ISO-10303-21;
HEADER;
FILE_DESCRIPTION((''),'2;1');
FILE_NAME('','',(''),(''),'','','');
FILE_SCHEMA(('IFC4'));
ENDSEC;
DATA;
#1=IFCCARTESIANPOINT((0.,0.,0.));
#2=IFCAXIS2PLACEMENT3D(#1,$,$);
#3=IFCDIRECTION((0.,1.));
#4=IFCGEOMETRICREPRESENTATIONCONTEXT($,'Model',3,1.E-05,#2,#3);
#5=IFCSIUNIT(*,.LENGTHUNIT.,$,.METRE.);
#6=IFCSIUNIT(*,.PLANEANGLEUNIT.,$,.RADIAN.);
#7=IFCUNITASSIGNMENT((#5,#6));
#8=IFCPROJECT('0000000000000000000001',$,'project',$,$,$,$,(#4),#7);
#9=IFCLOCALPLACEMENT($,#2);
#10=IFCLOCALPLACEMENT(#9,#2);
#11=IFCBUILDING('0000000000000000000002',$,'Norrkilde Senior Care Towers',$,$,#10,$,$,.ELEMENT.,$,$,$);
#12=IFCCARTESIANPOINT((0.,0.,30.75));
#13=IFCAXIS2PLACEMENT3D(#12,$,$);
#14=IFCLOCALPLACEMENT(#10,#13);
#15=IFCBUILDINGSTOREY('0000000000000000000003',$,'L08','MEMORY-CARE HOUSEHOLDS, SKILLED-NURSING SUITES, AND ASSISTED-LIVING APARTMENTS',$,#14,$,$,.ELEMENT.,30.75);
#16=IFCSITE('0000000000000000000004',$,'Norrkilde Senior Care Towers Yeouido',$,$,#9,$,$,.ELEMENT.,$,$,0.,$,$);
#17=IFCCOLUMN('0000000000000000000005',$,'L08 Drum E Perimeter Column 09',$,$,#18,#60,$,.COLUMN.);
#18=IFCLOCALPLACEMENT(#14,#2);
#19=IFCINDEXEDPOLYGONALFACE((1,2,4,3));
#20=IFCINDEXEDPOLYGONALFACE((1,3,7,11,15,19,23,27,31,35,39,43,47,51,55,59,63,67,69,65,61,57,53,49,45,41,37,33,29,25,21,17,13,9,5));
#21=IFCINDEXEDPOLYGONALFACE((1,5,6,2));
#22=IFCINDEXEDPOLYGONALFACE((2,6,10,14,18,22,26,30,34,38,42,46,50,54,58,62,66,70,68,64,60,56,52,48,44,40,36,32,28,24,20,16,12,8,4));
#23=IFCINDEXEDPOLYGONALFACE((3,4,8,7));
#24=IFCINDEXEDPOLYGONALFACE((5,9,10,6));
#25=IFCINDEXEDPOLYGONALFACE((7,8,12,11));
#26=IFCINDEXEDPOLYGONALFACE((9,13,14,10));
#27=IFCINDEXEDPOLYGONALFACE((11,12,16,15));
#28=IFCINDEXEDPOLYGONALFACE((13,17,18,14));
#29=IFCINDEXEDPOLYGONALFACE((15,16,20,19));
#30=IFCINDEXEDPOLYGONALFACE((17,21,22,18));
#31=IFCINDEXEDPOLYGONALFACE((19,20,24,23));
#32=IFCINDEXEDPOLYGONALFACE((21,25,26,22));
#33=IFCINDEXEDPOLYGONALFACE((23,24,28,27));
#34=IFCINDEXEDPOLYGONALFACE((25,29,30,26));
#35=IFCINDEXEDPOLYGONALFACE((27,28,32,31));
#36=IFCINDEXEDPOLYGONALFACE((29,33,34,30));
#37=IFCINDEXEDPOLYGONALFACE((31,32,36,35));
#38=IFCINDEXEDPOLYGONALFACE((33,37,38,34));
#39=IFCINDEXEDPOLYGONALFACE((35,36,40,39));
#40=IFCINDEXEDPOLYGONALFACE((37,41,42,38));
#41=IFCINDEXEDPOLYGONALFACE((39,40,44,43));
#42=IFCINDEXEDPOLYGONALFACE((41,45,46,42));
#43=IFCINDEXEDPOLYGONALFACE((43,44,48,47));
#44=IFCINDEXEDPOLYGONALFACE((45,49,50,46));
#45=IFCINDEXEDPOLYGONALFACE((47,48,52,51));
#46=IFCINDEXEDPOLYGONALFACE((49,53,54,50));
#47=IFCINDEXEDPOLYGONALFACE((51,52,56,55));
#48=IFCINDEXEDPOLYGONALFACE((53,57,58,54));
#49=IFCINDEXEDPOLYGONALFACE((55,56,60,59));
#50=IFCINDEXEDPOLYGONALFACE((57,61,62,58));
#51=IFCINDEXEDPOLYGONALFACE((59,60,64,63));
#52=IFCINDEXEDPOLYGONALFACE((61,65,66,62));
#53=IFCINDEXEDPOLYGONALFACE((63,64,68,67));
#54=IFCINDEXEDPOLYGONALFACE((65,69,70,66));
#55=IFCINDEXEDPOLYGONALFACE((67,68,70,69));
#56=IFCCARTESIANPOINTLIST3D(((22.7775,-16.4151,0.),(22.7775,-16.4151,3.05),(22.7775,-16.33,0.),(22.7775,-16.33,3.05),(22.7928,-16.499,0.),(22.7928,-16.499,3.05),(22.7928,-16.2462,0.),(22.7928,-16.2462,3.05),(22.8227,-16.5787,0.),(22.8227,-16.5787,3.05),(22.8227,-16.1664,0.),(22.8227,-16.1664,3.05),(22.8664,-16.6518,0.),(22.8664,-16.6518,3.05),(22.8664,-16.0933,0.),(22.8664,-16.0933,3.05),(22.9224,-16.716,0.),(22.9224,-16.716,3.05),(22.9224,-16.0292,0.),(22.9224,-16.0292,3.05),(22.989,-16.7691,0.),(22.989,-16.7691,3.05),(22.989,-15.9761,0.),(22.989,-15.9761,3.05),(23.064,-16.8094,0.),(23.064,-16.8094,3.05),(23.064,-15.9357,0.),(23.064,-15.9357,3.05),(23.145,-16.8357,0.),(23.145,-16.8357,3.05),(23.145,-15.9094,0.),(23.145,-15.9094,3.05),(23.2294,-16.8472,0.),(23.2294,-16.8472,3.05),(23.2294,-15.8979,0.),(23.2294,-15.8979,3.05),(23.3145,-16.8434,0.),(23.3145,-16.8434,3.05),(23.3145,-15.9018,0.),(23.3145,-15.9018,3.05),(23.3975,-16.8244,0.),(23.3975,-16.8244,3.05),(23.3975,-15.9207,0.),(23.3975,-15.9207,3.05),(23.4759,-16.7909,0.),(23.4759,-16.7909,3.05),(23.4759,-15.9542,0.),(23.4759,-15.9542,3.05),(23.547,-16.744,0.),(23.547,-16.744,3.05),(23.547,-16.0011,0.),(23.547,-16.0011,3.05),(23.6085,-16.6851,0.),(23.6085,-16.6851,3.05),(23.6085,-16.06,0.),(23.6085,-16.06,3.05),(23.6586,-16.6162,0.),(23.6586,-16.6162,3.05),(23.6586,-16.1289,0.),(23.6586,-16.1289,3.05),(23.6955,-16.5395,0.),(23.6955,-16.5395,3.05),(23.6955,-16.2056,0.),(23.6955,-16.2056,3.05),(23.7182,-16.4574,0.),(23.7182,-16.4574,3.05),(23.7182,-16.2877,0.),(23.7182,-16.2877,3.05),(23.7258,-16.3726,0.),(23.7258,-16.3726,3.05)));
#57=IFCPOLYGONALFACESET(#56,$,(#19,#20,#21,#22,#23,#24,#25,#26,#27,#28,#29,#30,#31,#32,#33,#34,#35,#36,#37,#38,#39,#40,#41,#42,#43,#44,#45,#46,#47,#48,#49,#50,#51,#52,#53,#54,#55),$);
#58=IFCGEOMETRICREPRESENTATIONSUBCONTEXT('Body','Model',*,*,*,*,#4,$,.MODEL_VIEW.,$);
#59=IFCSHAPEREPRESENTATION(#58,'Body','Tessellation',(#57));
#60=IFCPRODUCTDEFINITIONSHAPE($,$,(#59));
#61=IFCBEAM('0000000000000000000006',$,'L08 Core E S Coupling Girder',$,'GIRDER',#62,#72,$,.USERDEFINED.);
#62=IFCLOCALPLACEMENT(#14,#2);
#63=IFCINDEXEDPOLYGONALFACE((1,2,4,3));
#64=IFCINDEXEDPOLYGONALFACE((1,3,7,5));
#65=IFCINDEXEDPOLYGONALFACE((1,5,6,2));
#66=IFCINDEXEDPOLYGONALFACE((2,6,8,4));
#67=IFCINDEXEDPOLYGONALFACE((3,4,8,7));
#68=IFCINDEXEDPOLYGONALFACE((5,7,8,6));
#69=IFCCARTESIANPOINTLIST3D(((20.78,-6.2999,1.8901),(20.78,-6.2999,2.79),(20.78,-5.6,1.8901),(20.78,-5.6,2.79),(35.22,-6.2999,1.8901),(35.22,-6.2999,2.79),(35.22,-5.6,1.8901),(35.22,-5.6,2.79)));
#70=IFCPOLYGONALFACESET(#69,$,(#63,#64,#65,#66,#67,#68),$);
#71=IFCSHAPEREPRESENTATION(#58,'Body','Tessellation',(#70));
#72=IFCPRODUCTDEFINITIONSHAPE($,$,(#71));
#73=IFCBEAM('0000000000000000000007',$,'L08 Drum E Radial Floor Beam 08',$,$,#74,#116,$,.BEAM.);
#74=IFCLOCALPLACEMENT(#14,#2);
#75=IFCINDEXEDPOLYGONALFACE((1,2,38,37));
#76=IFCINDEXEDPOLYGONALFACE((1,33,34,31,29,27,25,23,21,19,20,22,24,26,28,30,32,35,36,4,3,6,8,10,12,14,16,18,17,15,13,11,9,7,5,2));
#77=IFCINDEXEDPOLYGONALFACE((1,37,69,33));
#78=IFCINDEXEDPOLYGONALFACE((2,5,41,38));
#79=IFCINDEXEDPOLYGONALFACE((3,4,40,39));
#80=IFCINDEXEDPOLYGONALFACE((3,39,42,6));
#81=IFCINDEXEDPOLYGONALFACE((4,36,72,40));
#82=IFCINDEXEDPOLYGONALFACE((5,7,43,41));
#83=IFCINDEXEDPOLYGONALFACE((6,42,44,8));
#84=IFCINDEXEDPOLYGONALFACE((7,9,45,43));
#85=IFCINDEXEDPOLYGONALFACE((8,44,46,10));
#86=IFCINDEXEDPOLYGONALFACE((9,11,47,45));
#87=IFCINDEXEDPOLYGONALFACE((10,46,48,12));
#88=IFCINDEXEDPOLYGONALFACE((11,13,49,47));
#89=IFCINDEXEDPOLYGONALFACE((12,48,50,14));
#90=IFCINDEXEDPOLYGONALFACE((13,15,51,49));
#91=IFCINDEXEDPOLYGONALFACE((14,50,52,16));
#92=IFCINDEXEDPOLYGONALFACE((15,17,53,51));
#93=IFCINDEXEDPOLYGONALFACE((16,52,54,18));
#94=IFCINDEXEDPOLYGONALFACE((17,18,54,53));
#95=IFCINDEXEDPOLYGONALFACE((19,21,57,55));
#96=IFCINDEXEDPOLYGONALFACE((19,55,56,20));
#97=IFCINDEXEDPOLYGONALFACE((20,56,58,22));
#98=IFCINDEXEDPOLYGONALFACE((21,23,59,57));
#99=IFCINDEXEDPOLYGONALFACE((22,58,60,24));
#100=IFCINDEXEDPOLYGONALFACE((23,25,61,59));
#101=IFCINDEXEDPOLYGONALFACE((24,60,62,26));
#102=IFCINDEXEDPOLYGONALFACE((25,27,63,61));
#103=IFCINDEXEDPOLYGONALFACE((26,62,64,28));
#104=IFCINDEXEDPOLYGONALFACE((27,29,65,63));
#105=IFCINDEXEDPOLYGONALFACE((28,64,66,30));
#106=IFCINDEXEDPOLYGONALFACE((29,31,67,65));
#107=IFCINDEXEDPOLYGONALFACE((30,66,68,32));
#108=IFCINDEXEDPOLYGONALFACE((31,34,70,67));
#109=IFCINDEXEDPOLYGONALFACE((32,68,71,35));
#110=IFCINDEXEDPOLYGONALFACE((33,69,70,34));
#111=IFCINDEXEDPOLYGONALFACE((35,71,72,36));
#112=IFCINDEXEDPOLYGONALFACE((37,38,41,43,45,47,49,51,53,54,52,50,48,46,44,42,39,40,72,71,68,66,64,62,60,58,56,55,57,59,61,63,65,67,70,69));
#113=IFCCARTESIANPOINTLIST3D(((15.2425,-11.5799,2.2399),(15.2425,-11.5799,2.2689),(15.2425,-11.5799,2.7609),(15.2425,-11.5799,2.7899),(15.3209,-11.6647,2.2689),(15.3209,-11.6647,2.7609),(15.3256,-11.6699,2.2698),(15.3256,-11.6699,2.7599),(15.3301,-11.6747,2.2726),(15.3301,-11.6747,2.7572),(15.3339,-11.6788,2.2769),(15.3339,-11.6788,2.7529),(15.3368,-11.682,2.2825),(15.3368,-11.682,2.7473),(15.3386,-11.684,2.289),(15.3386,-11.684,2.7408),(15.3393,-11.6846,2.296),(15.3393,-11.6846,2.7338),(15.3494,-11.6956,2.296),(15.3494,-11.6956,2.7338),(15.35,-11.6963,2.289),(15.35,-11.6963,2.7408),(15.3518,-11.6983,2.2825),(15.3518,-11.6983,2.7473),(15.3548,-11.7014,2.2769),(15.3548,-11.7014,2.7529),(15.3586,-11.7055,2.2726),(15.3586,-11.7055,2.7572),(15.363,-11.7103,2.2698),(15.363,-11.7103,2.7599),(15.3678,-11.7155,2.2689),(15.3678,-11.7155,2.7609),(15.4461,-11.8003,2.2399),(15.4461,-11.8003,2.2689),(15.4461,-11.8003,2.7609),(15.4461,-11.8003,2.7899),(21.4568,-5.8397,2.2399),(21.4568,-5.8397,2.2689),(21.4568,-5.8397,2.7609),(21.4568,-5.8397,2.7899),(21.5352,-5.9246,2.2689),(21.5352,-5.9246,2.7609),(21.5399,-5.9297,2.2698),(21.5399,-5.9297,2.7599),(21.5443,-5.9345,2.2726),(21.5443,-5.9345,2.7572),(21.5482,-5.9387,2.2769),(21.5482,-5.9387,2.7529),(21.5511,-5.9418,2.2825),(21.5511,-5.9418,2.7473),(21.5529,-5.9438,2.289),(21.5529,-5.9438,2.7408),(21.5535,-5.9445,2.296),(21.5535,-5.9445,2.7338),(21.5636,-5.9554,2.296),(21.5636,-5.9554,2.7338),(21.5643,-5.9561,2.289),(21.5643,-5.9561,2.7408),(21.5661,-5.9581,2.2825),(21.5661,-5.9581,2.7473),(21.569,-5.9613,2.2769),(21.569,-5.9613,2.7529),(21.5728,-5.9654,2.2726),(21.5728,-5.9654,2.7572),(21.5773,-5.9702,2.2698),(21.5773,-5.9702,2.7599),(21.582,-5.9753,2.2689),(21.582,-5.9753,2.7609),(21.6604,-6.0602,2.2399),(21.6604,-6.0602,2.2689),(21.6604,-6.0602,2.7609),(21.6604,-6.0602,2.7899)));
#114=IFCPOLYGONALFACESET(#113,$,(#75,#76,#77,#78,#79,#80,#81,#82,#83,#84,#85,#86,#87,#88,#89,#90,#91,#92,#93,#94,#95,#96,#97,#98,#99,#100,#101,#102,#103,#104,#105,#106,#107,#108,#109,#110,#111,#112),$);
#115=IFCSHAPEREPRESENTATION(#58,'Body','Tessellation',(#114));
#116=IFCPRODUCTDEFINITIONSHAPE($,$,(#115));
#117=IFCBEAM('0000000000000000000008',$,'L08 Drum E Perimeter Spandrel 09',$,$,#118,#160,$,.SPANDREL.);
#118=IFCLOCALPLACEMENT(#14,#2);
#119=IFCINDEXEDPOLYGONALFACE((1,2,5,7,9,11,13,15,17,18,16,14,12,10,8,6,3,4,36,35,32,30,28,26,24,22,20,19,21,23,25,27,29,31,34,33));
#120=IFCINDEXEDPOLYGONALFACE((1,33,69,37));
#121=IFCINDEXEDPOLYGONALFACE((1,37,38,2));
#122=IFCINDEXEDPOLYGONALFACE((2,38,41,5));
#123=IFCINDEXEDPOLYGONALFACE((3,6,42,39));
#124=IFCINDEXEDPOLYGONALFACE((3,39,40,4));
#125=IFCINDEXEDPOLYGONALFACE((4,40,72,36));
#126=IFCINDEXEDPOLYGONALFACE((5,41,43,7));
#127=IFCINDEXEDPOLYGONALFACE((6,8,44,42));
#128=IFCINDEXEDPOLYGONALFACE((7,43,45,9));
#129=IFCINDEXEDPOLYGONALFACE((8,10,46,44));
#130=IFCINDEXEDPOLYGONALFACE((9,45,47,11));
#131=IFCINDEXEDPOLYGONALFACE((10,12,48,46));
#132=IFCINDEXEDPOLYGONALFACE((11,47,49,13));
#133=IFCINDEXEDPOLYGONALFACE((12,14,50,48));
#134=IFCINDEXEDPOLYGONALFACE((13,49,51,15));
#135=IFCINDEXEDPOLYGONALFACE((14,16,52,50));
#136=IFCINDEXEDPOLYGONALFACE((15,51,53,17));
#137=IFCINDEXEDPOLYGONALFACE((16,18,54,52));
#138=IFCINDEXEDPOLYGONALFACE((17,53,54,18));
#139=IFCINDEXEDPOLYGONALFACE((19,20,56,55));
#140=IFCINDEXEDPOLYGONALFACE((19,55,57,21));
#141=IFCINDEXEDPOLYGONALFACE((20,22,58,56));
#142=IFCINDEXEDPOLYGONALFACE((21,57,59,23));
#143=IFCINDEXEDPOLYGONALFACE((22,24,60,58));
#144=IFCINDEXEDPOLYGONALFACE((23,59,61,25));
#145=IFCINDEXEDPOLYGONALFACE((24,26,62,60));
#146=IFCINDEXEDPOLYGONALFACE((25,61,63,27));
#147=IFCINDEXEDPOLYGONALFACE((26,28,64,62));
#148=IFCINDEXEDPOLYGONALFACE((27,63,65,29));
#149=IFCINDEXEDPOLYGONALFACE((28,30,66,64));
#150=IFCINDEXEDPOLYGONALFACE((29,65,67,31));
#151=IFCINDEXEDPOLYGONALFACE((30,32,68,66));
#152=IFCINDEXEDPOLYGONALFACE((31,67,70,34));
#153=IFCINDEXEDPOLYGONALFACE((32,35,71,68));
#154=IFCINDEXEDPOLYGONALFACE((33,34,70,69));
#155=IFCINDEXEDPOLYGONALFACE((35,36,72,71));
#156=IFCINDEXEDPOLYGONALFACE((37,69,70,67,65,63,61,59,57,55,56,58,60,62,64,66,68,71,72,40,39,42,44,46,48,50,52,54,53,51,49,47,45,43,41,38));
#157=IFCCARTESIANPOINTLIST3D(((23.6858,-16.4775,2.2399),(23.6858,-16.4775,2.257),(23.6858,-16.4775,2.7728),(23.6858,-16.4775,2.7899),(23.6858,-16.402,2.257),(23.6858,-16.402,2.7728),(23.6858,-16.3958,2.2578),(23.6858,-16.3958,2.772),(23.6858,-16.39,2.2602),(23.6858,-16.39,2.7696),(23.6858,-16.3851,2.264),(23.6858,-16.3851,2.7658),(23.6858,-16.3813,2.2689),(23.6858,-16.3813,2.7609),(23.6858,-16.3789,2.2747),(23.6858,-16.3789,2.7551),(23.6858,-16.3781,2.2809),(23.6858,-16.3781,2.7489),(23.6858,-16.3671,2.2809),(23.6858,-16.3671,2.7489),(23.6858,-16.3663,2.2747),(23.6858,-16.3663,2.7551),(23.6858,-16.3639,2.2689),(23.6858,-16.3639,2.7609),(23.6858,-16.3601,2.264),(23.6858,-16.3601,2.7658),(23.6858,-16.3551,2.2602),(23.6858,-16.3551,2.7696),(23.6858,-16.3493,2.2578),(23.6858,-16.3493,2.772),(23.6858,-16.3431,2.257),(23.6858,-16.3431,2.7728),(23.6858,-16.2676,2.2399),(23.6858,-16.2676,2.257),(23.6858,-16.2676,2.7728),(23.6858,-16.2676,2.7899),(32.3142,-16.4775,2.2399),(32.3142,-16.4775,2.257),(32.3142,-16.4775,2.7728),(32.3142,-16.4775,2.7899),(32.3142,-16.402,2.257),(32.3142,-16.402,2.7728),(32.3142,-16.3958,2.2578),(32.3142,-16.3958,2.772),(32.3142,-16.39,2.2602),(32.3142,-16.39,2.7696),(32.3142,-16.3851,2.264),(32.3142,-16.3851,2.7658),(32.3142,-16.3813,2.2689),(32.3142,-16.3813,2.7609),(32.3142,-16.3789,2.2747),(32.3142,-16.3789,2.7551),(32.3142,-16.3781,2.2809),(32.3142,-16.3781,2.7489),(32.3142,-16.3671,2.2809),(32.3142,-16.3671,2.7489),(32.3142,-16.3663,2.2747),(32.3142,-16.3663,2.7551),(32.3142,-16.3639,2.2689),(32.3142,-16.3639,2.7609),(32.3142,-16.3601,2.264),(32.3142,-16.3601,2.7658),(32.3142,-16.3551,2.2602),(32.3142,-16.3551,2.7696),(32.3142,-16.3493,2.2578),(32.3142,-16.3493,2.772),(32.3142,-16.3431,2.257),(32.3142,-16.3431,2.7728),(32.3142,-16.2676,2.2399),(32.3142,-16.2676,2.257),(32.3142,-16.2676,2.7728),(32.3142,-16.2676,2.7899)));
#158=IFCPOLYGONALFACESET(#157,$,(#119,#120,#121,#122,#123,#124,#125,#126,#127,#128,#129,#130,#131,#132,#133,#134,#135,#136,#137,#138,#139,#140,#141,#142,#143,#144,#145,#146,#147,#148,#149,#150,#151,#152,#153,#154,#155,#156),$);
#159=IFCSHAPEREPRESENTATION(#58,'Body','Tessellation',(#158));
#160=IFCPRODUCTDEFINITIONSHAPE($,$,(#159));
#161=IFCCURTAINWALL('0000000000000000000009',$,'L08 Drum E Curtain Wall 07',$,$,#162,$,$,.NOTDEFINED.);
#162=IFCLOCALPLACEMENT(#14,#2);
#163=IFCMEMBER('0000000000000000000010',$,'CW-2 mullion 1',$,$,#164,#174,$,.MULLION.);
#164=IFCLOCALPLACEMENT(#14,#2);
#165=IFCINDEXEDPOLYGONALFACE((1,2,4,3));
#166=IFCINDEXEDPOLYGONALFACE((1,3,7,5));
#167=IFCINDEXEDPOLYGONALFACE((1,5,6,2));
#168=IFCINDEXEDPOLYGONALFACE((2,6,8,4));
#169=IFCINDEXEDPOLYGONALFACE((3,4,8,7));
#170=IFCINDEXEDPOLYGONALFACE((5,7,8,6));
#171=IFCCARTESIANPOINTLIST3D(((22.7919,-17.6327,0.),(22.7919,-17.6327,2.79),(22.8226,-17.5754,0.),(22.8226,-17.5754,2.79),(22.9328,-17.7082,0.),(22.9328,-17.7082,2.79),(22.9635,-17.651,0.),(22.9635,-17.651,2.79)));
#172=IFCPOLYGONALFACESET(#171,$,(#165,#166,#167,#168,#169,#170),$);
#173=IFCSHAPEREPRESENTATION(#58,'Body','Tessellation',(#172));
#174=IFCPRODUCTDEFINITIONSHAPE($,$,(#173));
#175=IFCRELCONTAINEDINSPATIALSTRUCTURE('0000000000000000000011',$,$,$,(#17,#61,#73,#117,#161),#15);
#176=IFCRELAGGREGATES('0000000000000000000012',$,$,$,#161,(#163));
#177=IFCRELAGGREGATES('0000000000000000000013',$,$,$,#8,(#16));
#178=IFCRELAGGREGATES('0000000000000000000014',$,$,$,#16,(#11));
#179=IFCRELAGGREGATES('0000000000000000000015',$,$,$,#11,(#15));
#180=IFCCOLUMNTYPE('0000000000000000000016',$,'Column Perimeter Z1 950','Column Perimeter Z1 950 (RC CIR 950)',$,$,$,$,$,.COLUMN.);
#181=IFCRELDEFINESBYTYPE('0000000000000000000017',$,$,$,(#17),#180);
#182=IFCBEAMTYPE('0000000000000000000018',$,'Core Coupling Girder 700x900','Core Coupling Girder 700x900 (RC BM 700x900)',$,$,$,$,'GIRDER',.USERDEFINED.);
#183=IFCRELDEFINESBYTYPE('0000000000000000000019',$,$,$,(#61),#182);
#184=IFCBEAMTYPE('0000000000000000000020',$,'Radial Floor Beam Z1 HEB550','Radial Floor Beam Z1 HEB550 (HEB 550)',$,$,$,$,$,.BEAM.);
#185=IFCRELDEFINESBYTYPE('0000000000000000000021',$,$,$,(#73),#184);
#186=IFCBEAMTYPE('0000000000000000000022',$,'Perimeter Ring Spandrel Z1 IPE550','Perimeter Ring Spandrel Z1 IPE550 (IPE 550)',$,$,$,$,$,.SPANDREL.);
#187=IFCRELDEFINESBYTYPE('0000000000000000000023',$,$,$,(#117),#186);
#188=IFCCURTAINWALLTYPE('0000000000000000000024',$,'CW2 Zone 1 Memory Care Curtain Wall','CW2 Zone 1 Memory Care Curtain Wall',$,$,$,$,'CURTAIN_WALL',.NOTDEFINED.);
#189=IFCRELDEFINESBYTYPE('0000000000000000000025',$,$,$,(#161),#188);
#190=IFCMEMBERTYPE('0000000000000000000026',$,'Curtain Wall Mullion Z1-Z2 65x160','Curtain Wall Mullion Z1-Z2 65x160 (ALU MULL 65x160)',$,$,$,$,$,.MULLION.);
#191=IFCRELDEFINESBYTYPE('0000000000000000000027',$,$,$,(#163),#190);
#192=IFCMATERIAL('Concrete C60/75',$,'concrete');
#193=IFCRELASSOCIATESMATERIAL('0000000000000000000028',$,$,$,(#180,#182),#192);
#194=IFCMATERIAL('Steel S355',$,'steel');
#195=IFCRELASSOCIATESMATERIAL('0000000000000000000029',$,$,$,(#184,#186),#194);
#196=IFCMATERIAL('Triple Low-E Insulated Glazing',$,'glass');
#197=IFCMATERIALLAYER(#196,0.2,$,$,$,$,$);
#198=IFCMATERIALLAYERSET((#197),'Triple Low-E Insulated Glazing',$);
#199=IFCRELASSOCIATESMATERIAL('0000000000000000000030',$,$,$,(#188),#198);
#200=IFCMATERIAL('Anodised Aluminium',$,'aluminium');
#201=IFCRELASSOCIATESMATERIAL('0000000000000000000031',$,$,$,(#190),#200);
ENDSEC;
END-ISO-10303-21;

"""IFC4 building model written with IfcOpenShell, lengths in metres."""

from ifc_helpers import new_model, si_unit, direction, frame, origin, origin_2d, place, context, subcontext, project, spatial, rectangle, circle, i_section, extrude, source, transform, mapped, material, layer, layer_set, material_profile, profile_set, type_object, type_shapes, element, aggregate, save


model = new_model("IFC4")

# Units and contexts
model_context = context("Model", 3, precision=1e-05, world=origin(), true_north=direction((0.0, 1.0)))
body_context = subcontext(model_context, "Body", "Model", "MODEL_VIEW")
ifc_project = project(units=[si_unit("LENGTHUNIT", "METRE"), si_unit("PLANEANGLEUNIT", "RADIAN")], contexts=[model_context])

# Site, building, storey
site_placement = place(None, origin())
site = spatial("IfcSite", under=ifc_project, at=site_placement, Name="Norrkilde Senior Care Towers Yeouido", CompositionType="ELEMENT", RefElevation=0.0)
building_placement = place(site_placement, origin())
building = spatial("IfcBuilding", under=site, at=building_placement, Name="Norrkilde Senior Care Towers", CompositionType="ELEMENT")
storey_placement = place(building_placement, frame((0.0, 0.0, 30.75)))
storey = spatial("IfcBuildingStorey", under=building, at=storey_placement, Name="L08", Description="MEMORY-CARE HOUSEHOLDS, SKILLED-NURSING SUITES, AND ASSISTED-LIVING APARTMENTS", CompositionType="ELEMENT", Elevation=30.75)

# Column
ifc_material_1 = material(Name="Concrete C60/75", Category="concrete")
ifc_material_profile_1 = material_profile(ifc_material_1, circle(Radius=0.4751, at=origin_2d()), Name="RC CIR 950")
ifc_profile_set_1 = profile_set([ifc_material_profile_1], Name="Concrete C60/75")
column_type = type_object("IfcColumnType", Name="Column Perimeter Z1 950", Description="Column Perimeter Z1 950 (RC CIR 950)", PredefinedType="COLUMN", material=ifc_profile_set_1)
shared_shape_1 = source(origin(), body_context, "Body", "SweptSolid", [
    extrude(circle(Radius=0.4751, at=origin_2d()), origin(), (0.0, 0.0, 1.0), 3.05),
])
type_shapes(column_type, [shared_shape_1])
column_placement = place(storey_placement, frame((23.2507, -16.3726, 0.0), z_axis=(0.0, 0.0, 1.0), x_axis=(1.0, 0.0, 0.0)))
element("IfcColumn", 1, at=column_placement, inside=storey, type_object=column_type, Name="L08 Drum E Perimeter Column 09", PredefinedType="COLUMN", context=body_context, shape_type="MappedRepresentation", body=[
    mapped(shared_shape_1, transform((0.0, 0.0, 0.0), x_axis=(1.0, 0.0, 0.0), y_axis=(0.0, 1.0, 0.0), z_axis=(0.0, 0.0, 1.0), scale=1.0)),
])

# Beams
ifc_material_profile_2 = material_profile(ifc_material_1, rectangle(XDim=0.7, YDim=0.8999, at=origin_2d()), Name="RC BM 700x900")
ifc_profile_set_2 = profile_set([ifc_material_profile_2], Name="Concrete C60/75")
beam_type_1 = type_object("IfcBeamType", Name="Core Coupling Girder 700x900", Description="Core Coupling Girder 700x900 (RC BM 700x900)", ElementType="GIRDER", PredefinedType="USERDEFINED", material=ifc_profile_set_2)
shared_shape_2 = source(origin(), body_context, "Body", "SweptSolid", [
    extrude(rectangle(XDim=0.7, YDim=0.8999, at=origin_2d()), origin(), (0.0, 0.0, 1.0), 14.4399),
])
type_shapes(beam_type_1, [shared_shape_2])
beam_1_placement = place(storey_placement, frame((20.78, -5.95, 2.3401), z_axis=(1.0, 0.0, 0.0), x_axis=(0.0, 1.0, 0.0)))
element("IfcBeam", 2, at=beam_1_placement, inside=storey, type_object=beam_type_1, Name="L08 Core E S Coupling Girder", ObjectType="GIRDER", PredefinedType="USERDEFINED", context=body_context, shape_type="MappedRepresentation", body=[
    mapped(shared_shape_2, transform((0.0, 0.0, 0.0), x_axis=(1.0, 0.0, 0.0), y_axis=(0.0, 1.0, 0.0), z_axis=(0.0, 0.0, 1.0), scale=1.0)),
])
ifc_material_2 = material(Name="Steel S355", Category="steel")
ifc_material_profile_3 = material_profile(ifc_material_2, i_section(OverallWidth=0.3, OverallDepth=0.55, WebThickness=0.0149, FlangeThickness=0.0291, FilletRadius=0.0271, at=origin_2d()), Name="HEB 550")
ifc_profile_set_3 = profile_set([ifc_material_profile_3], Name="Steel S355")
beam_type_2 = type_object("IfcBeamType", Name="Radial Floor Beam Z1 HEB550", Description="Radial Floor Beam Z1 HEB550 (HEB 550)", PredefinedType="BEAM", material=ifc_profile_set_3)
shared_shape_3 = source(origin(), body_context, "Body", "SweptSolid", [
    extrude(i_section(OverallWidth=0.3, OverallDepth=0.55, WebThickness=0.0149, FlangeThickness=0.0291, FilletRadius=0.0271, at=origin_2d()), origin(), (0.0, 0.0, 1.0), 8.4597),
])
type_shapes(beam_type_2, [shared_shape_3])
beam_2_placement = place(storey_placement, frame((21.5586, -5.95, 2.5149), z_axis=(-0.734573, -0.678529, 0.0), x_axis=(0.678529, -0.734573, 0.0)))
element("IfcBeam", 3, at=beam_2_placement, inside=storey, type_object=beam_type_2, Name="L08 Drum E Radial Floor Beam 08", PredefinedType="BEAM", context=body_context, shape_type="MappedRepresentation", body=[
    mapped(shared_shape_3, transform((0.0, 0.0, 0.0), x_axis=(1.0, 0.0, 0.0), y_axis=(0.0, 1.0, 0.0), z_axis=(0.0, 0.0, 1.0), scale=1.0)),
])
ifc_material_profile_4 = material_profile(ifc_material_2, i_section(OverallWidth=0.21, OverallDepth=0.55, WebThickness=0.011, FlangeThickness=0.0171, FilletRadius=0.0239, at=origin_2d()), Name="IPE 550")
ifc_profile_set_4 = profile_set([ifc_material_profile_4], Name="Steel S355")
beam_type_3 = type_object("IfcBeamType", Name="Perimeter Ring Spandrel Z1 IPE550", Description="Perimeter Ring Spandrel Z1 IPE550 (IPE 550)", PredefinedType="SPANDREL", material=ifc_profile_set_4)
shared_shape_4 = source(origin(), body_context, "Body", "SweptSolid", [
    extrude(i_section(OverallWidth=0.21, OverallDepth=0.55, WebThickness=0.011, FlangeThickness=0.0171, FilletRadius=0.0239, at=origin_2d()), origin(), (0.0, 0.0, 1.0), 8.6284),
])
type_shapes(beam_type_3, [shared_shape_4])
beam_3_placement = place(storey_placement, frame((23.6858, -16.3726, 2.5149), z_axis=(1.0, 0.0, 0.0), x_axis=(0.0, 1.0, 0.0)))
element("IfcBeam", 4, at=beam_3_placement, inside=storey, type_object=beam_type_3, Name="L08 Drum E Perimeter Spandrel 09", PredefinedType="SPANDREL", context=body_context, shape_type="MappedRepresentation", body=[
    mapped(shared_shape_4, transform((0.0, 0.0, 0.0), x_axis=(1.0, 0.0, 0.0), y_axis=(0.0, 1.0, 0.0), z_axis=(0.0, 0.0, 1.0), scale=1.0)),
])

# Curtain wall, member
ifc_material_3 = material(Name="Triple Low-E Insulated Glazing", Category="glass")
ifc_layer_1 = layer(ifc_material_3, 0.2)
ifc_layer_set_1 = layer_set([ifc_layer_1], Name="Triple Low-E Insulated Glazing")
curtain_wall_type = type_object("IfcCurtainWallType", Name="CW2 Zone 1 Memory Care Curtain Wall", Description="CW2 Zone 1 Memory Care Curtain Wall", ElementType="CURTAIN_WALL", PredefinedType="NOTDEFINED", material=ifc_layer_set_1)
curtain_wall_1_placement = place(storey_placement, origin())
curtain_wall_1 = element("IfcCurtainWall", 5, at=curtain_wall_1_placement, inside=storey, type_object=curtain_wall_type, Name="L08 Drum E Curtain Wall 07", PredefinedType="NOTDEFINED")
ifc_material_4 = material(Name="Anodised Aluminium", Category="aluminium")
ifc_material_profile_5 = material_profile(ifc_material_4, rectangle(XDim=0.0649, YDim=0.1599, at=origin_2d()), Name="ALU MULL 65x160")
ifc_profile_set_5 = profile_set([ifc_material_profile_5], Name="Anodised Aluminium")
member_type_1 = type_object("IfcMemberType", Name="Curtain Wall Mullion Z1-Z2 65x160", Description="Curtain Wall Mullion Z1-Z2 65x160 (ALU MULL 65x160)", PredefinedType="MULLION", material=ifc_profile_set_5)
shared_shape_5 = source(origin(), body_context, "Body", "SweptSolid", [
    extrude(rectangle(XDim=0.0649, YDim=0.1599, at=origin_2d()), origin(), (0.0, 0.0, 1.0), 2.79),
])
type_shapes(member_type_1, [shared_shape_5])
member_1_placement = place(storey_placement, frame((22.8777, -17.6418, 0.0), z_axis=(0.0, 0.0, 1.0), x_axis=(-0.472608, -0.881273, 0.0)))
member_1 = element("IfcMember", 6, at=member_1_placement, type_object=member_type_1, Name="CW-2 mullion 1", PredefinedType="MULLION", context=body_context, shape_type="MappedRepresentation", body=[
    mapped(shared_shape_5, transform((0.0, 0.0, 0.0), x_axis=(1.0, 0.0, 0.0), y_axis=(0.0, 1.0, 0.0), z_axis=(0.0, 0.0, 1.0), scale=1.0)),
])

aggregate(curtain_wall_1, [member_1])

save(model, "model.ifc")
